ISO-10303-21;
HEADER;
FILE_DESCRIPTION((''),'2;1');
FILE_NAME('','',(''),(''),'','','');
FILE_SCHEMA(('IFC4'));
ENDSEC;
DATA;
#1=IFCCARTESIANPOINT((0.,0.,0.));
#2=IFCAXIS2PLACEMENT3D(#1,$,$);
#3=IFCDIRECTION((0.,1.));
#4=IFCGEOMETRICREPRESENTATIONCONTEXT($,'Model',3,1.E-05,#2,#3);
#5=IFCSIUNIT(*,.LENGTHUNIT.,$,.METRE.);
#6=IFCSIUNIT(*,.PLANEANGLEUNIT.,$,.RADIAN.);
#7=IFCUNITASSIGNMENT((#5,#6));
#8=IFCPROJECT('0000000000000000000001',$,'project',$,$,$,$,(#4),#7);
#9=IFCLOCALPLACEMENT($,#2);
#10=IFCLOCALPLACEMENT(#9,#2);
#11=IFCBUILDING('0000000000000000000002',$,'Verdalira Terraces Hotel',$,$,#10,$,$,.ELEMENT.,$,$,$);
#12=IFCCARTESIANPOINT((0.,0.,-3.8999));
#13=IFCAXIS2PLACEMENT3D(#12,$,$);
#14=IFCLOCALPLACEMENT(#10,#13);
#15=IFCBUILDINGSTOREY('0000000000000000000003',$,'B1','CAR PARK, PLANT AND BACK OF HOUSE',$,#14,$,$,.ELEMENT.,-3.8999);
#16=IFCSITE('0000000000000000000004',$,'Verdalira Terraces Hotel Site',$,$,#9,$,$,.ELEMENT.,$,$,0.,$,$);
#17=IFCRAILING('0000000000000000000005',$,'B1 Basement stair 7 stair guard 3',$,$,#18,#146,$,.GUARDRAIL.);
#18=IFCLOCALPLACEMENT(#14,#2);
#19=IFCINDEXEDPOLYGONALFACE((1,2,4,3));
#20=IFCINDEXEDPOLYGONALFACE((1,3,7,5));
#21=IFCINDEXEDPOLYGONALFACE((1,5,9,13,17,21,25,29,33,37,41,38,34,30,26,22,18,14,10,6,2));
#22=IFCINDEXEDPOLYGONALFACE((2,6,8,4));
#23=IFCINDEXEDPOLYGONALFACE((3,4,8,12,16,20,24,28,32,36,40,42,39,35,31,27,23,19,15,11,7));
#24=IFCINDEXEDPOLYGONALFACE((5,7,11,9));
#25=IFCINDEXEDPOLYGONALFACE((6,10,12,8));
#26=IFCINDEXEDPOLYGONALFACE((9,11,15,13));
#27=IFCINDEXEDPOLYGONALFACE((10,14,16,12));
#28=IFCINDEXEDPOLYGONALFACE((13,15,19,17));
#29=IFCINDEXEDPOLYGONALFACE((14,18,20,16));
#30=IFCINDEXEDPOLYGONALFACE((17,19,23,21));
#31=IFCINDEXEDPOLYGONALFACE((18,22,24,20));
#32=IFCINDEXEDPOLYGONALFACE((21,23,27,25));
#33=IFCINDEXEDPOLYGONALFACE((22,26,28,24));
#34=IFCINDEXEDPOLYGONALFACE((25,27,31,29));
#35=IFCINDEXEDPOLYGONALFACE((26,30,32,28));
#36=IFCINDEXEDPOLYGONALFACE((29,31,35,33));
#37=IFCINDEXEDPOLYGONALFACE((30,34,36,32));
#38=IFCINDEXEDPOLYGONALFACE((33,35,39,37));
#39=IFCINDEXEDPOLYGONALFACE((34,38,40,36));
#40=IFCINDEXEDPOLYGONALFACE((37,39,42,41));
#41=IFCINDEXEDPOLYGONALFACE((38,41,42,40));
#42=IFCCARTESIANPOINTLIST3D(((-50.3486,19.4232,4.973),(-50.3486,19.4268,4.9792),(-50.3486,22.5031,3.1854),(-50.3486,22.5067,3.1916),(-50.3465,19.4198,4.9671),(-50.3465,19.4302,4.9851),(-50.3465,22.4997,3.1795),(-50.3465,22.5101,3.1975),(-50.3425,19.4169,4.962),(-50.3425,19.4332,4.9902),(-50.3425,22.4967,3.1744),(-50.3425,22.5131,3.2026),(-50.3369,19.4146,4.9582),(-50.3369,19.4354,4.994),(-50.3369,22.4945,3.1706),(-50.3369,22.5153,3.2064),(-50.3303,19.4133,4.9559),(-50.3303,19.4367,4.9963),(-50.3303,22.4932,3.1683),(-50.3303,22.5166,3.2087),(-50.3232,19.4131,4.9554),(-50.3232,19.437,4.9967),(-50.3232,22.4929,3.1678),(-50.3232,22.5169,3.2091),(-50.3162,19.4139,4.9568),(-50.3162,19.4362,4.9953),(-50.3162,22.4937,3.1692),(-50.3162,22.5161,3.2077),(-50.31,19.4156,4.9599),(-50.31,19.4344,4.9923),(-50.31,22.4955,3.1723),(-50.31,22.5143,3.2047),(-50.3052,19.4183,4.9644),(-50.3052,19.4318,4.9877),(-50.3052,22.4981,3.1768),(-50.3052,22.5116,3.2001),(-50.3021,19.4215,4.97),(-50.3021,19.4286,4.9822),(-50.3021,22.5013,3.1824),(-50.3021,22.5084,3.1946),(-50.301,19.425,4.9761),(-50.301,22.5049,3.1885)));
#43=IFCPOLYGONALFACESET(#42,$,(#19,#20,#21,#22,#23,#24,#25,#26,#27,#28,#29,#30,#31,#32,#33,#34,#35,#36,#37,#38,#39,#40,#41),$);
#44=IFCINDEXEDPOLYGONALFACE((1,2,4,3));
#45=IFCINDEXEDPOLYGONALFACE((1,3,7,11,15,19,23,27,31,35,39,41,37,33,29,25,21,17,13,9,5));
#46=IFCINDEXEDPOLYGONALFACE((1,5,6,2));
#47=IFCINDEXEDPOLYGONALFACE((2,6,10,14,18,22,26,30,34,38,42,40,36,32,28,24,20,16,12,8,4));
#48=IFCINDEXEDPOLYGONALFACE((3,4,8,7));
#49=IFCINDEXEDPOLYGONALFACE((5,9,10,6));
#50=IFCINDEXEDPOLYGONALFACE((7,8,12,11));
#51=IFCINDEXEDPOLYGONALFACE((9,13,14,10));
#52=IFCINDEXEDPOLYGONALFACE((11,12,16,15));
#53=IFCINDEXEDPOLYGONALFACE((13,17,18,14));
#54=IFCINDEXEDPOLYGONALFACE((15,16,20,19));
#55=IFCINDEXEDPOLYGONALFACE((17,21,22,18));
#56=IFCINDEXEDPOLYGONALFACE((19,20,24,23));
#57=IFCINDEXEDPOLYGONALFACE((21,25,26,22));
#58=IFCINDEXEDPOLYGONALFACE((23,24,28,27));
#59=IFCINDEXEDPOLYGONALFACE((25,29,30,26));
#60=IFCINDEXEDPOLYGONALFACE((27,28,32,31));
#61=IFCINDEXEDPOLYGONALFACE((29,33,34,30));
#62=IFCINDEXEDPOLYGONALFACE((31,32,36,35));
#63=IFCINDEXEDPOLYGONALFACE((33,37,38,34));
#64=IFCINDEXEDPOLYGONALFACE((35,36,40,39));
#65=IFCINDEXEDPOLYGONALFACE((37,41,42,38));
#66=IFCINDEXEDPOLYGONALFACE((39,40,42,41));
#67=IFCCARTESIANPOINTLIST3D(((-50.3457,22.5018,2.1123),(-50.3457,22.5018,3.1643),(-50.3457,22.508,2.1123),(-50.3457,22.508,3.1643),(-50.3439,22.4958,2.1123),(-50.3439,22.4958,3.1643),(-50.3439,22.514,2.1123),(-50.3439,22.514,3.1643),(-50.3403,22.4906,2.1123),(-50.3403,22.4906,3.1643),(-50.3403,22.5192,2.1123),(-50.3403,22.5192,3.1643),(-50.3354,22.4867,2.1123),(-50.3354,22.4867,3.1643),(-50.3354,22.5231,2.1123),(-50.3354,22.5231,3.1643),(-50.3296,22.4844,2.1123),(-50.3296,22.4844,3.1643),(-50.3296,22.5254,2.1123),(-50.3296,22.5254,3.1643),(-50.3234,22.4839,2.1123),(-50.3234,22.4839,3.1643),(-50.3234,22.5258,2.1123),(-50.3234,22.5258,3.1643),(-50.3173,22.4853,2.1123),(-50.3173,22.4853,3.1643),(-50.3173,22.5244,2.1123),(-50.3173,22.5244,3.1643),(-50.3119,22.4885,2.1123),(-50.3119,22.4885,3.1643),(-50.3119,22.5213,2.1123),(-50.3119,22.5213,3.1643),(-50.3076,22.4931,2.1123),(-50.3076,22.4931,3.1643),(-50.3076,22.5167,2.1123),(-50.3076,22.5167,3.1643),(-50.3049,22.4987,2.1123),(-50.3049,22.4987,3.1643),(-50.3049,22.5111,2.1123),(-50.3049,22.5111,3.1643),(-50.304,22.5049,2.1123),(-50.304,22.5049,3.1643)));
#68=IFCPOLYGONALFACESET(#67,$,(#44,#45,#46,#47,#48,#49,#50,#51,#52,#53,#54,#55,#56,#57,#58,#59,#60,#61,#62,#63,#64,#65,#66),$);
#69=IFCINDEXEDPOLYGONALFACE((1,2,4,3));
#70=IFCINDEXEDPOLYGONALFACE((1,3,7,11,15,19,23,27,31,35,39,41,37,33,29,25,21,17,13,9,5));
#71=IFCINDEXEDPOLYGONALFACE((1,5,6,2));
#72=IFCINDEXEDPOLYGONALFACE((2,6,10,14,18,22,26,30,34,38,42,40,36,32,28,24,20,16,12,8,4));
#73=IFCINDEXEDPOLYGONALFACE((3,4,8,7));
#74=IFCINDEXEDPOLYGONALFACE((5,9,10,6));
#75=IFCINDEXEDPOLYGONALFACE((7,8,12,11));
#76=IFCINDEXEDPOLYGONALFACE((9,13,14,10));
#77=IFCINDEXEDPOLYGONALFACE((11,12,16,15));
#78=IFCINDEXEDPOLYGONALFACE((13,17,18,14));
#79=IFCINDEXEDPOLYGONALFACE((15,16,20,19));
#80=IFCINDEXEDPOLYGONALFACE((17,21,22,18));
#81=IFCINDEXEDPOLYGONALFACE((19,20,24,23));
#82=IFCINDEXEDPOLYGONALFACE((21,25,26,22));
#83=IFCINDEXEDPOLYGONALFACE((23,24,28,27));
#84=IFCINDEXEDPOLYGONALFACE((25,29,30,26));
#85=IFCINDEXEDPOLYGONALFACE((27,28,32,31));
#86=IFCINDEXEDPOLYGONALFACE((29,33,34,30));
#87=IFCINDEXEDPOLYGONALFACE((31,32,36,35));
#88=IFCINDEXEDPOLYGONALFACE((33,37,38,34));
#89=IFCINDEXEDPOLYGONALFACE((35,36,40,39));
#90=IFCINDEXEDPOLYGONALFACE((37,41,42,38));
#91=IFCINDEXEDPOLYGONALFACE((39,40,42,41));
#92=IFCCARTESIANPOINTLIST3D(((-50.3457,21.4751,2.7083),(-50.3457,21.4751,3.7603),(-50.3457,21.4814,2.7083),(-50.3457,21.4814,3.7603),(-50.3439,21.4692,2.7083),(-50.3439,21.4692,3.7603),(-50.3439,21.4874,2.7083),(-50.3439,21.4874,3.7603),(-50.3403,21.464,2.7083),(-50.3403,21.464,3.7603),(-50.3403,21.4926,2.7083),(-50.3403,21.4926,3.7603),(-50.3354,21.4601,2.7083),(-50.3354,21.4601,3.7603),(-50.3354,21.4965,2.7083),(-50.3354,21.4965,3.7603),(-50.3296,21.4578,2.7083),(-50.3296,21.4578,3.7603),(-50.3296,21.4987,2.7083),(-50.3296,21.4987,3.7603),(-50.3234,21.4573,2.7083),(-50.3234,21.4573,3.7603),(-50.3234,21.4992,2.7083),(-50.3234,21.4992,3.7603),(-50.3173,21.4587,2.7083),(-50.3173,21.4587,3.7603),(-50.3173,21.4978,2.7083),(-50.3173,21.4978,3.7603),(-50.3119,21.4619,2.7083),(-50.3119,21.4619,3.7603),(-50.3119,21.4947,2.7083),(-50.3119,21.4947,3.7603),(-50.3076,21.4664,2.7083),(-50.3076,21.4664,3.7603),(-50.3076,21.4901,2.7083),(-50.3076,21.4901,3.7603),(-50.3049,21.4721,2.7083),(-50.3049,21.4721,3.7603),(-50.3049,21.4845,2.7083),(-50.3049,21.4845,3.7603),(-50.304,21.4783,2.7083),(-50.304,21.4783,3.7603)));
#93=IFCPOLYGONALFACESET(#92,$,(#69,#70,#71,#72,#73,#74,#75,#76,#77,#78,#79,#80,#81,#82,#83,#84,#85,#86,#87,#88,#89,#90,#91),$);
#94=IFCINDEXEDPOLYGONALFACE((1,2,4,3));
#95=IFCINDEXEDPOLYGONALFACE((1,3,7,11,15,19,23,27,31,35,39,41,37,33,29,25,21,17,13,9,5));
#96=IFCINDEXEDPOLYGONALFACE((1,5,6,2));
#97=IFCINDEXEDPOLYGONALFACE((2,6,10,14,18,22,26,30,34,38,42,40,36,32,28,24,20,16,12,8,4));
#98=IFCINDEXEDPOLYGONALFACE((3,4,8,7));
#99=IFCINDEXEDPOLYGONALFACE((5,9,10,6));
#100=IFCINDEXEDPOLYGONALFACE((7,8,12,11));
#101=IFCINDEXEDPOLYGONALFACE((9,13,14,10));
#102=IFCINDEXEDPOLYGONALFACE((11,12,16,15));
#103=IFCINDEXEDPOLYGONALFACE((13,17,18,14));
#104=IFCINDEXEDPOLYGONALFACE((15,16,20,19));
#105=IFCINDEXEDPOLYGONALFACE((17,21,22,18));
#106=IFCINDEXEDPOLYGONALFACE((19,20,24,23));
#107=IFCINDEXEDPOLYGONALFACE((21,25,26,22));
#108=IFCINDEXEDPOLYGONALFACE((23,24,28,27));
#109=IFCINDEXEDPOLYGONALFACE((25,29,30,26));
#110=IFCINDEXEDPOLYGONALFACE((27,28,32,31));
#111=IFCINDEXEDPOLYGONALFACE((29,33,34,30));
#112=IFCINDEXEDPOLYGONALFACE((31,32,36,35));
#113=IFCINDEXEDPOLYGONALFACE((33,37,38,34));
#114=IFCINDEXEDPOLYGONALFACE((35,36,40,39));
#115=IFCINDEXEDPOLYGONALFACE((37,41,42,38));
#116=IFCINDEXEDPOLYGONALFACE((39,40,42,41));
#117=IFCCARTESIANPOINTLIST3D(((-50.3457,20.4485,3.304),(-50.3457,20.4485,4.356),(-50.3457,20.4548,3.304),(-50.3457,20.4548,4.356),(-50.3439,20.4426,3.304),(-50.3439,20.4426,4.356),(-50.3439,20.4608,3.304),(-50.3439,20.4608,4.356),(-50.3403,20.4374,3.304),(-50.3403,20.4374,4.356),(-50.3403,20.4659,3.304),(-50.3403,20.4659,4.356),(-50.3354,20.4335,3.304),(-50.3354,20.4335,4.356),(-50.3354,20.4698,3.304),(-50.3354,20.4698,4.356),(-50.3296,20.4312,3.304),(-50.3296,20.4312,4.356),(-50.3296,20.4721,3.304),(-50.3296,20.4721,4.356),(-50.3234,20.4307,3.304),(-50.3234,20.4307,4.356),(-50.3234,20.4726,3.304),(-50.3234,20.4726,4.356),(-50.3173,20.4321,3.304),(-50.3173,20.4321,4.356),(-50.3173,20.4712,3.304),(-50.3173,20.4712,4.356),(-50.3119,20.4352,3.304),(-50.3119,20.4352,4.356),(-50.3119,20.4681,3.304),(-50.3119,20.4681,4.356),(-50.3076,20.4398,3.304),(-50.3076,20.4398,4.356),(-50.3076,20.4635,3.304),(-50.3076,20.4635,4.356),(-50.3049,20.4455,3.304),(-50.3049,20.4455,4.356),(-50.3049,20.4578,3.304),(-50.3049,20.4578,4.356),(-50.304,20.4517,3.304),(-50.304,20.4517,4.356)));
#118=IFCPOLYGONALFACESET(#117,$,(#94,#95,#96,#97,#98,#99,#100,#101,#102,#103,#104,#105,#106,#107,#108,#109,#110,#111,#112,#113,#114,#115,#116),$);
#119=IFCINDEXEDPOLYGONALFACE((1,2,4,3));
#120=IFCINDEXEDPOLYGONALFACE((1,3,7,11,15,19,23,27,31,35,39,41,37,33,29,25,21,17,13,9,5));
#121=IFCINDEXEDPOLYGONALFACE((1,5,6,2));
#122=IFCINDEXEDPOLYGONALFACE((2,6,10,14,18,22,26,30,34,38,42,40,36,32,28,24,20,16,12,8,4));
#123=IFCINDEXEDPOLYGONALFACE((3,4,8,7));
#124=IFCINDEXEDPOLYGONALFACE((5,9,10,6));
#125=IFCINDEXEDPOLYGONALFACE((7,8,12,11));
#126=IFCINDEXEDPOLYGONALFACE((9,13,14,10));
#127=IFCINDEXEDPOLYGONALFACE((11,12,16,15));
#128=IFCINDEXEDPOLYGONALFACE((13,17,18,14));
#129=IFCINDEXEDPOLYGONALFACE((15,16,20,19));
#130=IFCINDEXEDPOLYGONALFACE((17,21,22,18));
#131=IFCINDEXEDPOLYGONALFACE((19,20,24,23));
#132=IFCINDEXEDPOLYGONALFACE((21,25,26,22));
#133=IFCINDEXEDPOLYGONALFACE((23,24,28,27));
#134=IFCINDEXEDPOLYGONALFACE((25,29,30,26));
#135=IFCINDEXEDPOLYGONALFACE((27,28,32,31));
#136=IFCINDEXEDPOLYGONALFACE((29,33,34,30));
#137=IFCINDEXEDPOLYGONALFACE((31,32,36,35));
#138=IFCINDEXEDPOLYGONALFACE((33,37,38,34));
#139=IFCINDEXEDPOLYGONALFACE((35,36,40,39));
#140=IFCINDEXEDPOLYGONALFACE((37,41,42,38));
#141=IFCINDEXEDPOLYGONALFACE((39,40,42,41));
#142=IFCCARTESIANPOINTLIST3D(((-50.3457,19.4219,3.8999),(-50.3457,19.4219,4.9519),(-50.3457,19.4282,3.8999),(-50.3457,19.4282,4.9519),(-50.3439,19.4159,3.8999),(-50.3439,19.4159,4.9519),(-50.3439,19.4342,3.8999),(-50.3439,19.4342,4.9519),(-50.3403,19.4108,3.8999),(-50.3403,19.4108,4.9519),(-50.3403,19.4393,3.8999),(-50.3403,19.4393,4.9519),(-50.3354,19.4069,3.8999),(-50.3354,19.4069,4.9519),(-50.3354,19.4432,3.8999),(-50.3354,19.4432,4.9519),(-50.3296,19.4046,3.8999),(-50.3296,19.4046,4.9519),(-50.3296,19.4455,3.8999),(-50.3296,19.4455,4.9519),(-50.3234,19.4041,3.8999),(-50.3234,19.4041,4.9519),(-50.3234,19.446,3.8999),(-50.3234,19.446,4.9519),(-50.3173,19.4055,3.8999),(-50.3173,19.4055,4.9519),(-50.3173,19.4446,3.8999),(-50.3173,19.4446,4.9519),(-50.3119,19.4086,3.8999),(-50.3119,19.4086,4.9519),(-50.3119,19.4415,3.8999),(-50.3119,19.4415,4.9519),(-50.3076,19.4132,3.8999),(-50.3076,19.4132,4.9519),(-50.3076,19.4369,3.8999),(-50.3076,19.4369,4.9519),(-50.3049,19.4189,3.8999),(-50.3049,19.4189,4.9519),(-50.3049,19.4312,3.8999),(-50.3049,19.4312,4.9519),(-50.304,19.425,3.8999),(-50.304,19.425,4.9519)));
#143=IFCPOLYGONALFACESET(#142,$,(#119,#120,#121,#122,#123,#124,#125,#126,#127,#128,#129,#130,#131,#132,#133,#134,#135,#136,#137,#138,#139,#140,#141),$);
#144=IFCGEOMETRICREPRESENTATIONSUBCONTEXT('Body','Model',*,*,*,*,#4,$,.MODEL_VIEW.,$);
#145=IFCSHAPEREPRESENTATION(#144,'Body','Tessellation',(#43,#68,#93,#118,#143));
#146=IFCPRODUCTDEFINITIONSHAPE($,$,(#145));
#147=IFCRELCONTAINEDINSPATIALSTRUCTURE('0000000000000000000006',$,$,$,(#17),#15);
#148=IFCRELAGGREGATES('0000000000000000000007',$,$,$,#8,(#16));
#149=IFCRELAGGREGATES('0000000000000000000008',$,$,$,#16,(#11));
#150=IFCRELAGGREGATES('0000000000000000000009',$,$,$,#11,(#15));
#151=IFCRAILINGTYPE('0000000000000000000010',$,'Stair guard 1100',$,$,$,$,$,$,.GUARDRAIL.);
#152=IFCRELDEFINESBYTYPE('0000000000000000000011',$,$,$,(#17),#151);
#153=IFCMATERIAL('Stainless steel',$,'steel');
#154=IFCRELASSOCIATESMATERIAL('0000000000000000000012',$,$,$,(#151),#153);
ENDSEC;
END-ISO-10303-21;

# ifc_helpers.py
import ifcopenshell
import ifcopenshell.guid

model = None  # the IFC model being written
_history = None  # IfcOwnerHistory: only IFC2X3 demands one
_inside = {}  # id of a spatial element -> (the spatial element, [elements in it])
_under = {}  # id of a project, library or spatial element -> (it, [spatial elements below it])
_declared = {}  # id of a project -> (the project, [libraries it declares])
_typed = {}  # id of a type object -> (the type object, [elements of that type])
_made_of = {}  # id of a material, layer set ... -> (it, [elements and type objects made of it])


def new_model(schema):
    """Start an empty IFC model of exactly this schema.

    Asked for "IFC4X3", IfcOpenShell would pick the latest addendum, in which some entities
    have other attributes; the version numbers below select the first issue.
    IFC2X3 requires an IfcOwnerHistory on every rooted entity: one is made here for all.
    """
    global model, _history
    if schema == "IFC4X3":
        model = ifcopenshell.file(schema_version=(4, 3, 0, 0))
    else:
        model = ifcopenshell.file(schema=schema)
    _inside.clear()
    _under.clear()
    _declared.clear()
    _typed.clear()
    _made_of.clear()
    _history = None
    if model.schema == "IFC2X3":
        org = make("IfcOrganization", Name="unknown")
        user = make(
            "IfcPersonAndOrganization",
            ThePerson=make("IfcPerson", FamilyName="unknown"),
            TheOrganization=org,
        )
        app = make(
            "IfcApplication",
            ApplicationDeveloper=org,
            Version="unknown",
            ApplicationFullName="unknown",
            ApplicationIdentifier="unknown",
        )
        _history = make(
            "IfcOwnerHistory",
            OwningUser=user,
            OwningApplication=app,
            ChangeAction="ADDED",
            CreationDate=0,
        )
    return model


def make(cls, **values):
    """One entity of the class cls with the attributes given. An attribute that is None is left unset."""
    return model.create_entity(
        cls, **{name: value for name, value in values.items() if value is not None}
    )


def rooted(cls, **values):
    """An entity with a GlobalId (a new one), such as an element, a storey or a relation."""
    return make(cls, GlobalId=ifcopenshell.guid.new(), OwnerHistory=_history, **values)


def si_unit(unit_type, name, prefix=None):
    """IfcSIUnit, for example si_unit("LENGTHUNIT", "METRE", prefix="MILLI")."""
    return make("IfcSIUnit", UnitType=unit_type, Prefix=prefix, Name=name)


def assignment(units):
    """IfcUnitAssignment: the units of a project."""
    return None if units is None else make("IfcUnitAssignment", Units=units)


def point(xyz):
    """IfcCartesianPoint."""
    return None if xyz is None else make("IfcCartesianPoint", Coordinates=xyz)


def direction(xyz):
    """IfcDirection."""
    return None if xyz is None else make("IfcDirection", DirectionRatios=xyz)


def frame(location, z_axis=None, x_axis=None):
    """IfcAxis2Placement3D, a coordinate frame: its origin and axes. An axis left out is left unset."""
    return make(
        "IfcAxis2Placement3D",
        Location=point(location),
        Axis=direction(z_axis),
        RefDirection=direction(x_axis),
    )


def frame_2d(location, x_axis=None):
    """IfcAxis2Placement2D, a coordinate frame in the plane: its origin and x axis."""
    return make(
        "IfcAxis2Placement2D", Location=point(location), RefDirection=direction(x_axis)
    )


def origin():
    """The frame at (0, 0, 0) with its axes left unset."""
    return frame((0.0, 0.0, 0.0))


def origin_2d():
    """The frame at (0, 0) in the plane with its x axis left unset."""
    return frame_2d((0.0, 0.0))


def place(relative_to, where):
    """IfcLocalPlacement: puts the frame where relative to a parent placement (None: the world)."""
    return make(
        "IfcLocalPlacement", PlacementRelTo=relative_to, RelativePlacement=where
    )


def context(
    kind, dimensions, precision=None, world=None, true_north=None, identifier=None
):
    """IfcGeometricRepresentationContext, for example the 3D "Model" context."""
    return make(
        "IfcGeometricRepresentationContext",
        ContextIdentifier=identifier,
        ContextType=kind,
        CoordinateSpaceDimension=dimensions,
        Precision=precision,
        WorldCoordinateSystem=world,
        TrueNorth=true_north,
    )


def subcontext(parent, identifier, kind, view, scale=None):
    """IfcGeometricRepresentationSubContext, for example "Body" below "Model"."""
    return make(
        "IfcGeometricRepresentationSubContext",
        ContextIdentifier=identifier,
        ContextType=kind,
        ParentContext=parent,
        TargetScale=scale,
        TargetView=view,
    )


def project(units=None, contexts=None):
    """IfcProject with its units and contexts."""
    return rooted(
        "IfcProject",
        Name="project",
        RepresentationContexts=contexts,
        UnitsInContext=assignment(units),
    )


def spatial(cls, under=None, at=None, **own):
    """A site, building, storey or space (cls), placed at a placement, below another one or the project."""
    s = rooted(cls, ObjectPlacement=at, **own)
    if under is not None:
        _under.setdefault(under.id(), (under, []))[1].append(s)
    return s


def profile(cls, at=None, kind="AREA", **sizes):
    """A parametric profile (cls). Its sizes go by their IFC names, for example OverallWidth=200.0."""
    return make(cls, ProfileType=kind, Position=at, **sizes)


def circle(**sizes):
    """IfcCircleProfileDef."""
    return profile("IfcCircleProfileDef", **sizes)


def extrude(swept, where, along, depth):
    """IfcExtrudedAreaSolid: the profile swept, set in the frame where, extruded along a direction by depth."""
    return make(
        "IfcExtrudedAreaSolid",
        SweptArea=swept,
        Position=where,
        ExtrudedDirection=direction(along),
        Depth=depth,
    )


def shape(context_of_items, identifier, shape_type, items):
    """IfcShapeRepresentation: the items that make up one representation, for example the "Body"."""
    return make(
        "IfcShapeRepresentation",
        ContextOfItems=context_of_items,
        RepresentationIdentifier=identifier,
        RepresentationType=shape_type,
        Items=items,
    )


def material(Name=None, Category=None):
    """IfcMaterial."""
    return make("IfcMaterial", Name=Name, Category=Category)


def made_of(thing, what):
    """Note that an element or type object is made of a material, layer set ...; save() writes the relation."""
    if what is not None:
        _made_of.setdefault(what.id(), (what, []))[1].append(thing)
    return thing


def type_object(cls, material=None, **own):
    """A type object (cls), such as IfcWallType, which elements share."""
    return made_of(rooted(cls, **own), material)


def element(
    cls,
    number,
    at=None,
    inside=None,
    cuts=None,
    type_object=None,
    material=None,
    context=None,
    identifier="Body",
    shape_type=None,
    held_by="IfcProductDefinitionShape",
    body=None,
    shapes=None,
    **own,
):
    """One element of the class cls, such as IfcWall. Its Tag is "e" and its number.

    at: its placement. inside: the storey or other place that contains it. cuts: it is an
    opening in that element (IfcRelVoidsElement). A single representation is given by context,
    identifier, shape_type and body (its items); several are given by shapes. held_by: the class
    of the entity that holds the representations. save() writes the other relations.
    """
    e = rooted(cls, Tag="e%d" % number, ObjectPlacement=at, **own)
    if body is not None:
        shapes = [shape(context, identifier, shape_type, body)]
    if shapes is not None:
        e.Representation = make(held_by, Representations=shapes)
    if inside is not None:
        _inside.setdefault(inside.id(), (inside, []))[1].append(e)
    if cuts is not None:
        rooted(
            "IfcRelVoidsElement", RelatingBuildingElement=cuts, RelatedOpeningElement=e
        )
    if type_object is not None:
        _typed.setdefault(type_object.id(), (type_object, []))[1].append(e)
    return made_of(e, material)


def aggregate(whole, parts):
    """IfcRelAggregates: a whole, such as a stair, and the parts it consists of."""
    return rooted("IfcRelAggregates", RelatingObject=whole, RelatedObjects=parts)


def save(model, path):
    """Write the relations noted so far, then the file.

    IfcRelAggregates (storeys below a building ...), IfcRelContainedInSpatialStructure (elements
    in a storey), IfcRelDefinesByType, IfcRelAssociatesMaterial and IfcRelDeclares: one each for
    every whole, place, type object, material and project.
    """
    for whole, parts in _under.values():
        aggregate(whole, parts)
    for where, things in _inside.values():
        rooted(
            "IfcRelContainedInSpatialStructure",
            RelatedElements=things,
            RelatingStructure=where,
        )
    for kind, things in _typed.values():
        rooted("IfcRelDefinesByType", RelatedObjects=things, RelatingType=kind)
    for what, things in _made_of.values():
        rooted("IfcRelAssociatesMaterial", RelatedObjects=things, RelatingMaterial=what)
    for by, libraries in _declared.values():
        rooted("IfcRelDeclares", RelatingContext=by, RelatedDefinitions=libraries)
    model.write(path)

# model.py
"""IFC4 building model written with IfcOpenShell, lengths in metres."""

from ifc_helpers import new_model, si_unit, direction, frame, origin, origin_2d, place, context, subcontext, project, spatial, circle, extrude, material, type_object, element, save


model = new_model("IFC4")

# Units and contexts
model_context = context("Model", 3, precision=1e-05, world=origin(), true_north=direction((0.0, 1.0)))
body_context = subcontext(model_context, "Body", "Model", "MODEL_VIEW")
ifc_project = project(units=[si_unit("LENGTHUNIT", "METRE"), si_unit("PLANEANGLEUNIT", "RADIAN")], contexts=[model_context])

# Site, building, storey
site_placement = place(None, origin())
site = spatial("IfcSite", under=ifc_project, at=site_placement, Name="Verdalira Terraces Hotel Site", CompositionType="ELEMENT", RefElevation=0.0)
building_placement = place(site_placement, origin())
building = spatial("IfcBuilding", under=site, at=building_placement, Name="Verdalira Terraces Hotel", CompositionType="ELEMENT")
storey_placement = place(building_placement, frame((0.0, 0.0, -3.8999)))
storey = spatial("IfcBuildingStorey", under=building, at=storey_placement, Name="B1", Description="CAR PARK, PLANT AND BACK OF HOUSE", CompositionType="ELEMENT", Elevation=-3.8999)

# Railing
ifc_material_1 = material(Name="Stainless steel", Category="steel")
railing_type_1 = type_object("IfcRailingType", Name="Stair guard 1100", PredefinedType="GUARDRAIL", material=ifc_material_1)
railing_1_placement = place(storey_placement, frame((-50.325, 22.5049, 2.1123)))
element("IfcRailing", 1, at=railing_1_placement, inside=storey, type_object=railing_type_1, Name="B1 Basement stair 7 stair guard 3", PredefinedType="GUARDRAIL", context=body_context, shape_type="SweptSolid", body=[
    extrude(circle(Radius=0.0239, at=origin_2d()), frame((0.0, 0.0, 1.0762), z_axis=(0.0, -0.864873, 0.50199), x_axis=(1.0, 0.0, 0.0)), (0.0, 0.0, 1.0), 3.561),
    extrude(circle(Radius=0.021, at=origin_2d()), origin(), (0.0, 0.0, 1.0), 1.052),
    extrude(circle(Radius=0.021, at=origin_2d()), frame((0.0, -1.0266, 0.5959)), (0.0, 0.0, 1.0), 1.052),
    extrude(circle(Radius=0.021, at=origin_2d()), frame((0.0, -2.0532, 1.1917)), (0.0, 0.0, 1.0), 1.052),
    extrude(circle(Radius=0.021, at=origin_2d()), frame((0.0, -3.0798, 1.7876)), (0.0, 0.0, 1.0), 1.052),
])

save(model, "model.ifc")
